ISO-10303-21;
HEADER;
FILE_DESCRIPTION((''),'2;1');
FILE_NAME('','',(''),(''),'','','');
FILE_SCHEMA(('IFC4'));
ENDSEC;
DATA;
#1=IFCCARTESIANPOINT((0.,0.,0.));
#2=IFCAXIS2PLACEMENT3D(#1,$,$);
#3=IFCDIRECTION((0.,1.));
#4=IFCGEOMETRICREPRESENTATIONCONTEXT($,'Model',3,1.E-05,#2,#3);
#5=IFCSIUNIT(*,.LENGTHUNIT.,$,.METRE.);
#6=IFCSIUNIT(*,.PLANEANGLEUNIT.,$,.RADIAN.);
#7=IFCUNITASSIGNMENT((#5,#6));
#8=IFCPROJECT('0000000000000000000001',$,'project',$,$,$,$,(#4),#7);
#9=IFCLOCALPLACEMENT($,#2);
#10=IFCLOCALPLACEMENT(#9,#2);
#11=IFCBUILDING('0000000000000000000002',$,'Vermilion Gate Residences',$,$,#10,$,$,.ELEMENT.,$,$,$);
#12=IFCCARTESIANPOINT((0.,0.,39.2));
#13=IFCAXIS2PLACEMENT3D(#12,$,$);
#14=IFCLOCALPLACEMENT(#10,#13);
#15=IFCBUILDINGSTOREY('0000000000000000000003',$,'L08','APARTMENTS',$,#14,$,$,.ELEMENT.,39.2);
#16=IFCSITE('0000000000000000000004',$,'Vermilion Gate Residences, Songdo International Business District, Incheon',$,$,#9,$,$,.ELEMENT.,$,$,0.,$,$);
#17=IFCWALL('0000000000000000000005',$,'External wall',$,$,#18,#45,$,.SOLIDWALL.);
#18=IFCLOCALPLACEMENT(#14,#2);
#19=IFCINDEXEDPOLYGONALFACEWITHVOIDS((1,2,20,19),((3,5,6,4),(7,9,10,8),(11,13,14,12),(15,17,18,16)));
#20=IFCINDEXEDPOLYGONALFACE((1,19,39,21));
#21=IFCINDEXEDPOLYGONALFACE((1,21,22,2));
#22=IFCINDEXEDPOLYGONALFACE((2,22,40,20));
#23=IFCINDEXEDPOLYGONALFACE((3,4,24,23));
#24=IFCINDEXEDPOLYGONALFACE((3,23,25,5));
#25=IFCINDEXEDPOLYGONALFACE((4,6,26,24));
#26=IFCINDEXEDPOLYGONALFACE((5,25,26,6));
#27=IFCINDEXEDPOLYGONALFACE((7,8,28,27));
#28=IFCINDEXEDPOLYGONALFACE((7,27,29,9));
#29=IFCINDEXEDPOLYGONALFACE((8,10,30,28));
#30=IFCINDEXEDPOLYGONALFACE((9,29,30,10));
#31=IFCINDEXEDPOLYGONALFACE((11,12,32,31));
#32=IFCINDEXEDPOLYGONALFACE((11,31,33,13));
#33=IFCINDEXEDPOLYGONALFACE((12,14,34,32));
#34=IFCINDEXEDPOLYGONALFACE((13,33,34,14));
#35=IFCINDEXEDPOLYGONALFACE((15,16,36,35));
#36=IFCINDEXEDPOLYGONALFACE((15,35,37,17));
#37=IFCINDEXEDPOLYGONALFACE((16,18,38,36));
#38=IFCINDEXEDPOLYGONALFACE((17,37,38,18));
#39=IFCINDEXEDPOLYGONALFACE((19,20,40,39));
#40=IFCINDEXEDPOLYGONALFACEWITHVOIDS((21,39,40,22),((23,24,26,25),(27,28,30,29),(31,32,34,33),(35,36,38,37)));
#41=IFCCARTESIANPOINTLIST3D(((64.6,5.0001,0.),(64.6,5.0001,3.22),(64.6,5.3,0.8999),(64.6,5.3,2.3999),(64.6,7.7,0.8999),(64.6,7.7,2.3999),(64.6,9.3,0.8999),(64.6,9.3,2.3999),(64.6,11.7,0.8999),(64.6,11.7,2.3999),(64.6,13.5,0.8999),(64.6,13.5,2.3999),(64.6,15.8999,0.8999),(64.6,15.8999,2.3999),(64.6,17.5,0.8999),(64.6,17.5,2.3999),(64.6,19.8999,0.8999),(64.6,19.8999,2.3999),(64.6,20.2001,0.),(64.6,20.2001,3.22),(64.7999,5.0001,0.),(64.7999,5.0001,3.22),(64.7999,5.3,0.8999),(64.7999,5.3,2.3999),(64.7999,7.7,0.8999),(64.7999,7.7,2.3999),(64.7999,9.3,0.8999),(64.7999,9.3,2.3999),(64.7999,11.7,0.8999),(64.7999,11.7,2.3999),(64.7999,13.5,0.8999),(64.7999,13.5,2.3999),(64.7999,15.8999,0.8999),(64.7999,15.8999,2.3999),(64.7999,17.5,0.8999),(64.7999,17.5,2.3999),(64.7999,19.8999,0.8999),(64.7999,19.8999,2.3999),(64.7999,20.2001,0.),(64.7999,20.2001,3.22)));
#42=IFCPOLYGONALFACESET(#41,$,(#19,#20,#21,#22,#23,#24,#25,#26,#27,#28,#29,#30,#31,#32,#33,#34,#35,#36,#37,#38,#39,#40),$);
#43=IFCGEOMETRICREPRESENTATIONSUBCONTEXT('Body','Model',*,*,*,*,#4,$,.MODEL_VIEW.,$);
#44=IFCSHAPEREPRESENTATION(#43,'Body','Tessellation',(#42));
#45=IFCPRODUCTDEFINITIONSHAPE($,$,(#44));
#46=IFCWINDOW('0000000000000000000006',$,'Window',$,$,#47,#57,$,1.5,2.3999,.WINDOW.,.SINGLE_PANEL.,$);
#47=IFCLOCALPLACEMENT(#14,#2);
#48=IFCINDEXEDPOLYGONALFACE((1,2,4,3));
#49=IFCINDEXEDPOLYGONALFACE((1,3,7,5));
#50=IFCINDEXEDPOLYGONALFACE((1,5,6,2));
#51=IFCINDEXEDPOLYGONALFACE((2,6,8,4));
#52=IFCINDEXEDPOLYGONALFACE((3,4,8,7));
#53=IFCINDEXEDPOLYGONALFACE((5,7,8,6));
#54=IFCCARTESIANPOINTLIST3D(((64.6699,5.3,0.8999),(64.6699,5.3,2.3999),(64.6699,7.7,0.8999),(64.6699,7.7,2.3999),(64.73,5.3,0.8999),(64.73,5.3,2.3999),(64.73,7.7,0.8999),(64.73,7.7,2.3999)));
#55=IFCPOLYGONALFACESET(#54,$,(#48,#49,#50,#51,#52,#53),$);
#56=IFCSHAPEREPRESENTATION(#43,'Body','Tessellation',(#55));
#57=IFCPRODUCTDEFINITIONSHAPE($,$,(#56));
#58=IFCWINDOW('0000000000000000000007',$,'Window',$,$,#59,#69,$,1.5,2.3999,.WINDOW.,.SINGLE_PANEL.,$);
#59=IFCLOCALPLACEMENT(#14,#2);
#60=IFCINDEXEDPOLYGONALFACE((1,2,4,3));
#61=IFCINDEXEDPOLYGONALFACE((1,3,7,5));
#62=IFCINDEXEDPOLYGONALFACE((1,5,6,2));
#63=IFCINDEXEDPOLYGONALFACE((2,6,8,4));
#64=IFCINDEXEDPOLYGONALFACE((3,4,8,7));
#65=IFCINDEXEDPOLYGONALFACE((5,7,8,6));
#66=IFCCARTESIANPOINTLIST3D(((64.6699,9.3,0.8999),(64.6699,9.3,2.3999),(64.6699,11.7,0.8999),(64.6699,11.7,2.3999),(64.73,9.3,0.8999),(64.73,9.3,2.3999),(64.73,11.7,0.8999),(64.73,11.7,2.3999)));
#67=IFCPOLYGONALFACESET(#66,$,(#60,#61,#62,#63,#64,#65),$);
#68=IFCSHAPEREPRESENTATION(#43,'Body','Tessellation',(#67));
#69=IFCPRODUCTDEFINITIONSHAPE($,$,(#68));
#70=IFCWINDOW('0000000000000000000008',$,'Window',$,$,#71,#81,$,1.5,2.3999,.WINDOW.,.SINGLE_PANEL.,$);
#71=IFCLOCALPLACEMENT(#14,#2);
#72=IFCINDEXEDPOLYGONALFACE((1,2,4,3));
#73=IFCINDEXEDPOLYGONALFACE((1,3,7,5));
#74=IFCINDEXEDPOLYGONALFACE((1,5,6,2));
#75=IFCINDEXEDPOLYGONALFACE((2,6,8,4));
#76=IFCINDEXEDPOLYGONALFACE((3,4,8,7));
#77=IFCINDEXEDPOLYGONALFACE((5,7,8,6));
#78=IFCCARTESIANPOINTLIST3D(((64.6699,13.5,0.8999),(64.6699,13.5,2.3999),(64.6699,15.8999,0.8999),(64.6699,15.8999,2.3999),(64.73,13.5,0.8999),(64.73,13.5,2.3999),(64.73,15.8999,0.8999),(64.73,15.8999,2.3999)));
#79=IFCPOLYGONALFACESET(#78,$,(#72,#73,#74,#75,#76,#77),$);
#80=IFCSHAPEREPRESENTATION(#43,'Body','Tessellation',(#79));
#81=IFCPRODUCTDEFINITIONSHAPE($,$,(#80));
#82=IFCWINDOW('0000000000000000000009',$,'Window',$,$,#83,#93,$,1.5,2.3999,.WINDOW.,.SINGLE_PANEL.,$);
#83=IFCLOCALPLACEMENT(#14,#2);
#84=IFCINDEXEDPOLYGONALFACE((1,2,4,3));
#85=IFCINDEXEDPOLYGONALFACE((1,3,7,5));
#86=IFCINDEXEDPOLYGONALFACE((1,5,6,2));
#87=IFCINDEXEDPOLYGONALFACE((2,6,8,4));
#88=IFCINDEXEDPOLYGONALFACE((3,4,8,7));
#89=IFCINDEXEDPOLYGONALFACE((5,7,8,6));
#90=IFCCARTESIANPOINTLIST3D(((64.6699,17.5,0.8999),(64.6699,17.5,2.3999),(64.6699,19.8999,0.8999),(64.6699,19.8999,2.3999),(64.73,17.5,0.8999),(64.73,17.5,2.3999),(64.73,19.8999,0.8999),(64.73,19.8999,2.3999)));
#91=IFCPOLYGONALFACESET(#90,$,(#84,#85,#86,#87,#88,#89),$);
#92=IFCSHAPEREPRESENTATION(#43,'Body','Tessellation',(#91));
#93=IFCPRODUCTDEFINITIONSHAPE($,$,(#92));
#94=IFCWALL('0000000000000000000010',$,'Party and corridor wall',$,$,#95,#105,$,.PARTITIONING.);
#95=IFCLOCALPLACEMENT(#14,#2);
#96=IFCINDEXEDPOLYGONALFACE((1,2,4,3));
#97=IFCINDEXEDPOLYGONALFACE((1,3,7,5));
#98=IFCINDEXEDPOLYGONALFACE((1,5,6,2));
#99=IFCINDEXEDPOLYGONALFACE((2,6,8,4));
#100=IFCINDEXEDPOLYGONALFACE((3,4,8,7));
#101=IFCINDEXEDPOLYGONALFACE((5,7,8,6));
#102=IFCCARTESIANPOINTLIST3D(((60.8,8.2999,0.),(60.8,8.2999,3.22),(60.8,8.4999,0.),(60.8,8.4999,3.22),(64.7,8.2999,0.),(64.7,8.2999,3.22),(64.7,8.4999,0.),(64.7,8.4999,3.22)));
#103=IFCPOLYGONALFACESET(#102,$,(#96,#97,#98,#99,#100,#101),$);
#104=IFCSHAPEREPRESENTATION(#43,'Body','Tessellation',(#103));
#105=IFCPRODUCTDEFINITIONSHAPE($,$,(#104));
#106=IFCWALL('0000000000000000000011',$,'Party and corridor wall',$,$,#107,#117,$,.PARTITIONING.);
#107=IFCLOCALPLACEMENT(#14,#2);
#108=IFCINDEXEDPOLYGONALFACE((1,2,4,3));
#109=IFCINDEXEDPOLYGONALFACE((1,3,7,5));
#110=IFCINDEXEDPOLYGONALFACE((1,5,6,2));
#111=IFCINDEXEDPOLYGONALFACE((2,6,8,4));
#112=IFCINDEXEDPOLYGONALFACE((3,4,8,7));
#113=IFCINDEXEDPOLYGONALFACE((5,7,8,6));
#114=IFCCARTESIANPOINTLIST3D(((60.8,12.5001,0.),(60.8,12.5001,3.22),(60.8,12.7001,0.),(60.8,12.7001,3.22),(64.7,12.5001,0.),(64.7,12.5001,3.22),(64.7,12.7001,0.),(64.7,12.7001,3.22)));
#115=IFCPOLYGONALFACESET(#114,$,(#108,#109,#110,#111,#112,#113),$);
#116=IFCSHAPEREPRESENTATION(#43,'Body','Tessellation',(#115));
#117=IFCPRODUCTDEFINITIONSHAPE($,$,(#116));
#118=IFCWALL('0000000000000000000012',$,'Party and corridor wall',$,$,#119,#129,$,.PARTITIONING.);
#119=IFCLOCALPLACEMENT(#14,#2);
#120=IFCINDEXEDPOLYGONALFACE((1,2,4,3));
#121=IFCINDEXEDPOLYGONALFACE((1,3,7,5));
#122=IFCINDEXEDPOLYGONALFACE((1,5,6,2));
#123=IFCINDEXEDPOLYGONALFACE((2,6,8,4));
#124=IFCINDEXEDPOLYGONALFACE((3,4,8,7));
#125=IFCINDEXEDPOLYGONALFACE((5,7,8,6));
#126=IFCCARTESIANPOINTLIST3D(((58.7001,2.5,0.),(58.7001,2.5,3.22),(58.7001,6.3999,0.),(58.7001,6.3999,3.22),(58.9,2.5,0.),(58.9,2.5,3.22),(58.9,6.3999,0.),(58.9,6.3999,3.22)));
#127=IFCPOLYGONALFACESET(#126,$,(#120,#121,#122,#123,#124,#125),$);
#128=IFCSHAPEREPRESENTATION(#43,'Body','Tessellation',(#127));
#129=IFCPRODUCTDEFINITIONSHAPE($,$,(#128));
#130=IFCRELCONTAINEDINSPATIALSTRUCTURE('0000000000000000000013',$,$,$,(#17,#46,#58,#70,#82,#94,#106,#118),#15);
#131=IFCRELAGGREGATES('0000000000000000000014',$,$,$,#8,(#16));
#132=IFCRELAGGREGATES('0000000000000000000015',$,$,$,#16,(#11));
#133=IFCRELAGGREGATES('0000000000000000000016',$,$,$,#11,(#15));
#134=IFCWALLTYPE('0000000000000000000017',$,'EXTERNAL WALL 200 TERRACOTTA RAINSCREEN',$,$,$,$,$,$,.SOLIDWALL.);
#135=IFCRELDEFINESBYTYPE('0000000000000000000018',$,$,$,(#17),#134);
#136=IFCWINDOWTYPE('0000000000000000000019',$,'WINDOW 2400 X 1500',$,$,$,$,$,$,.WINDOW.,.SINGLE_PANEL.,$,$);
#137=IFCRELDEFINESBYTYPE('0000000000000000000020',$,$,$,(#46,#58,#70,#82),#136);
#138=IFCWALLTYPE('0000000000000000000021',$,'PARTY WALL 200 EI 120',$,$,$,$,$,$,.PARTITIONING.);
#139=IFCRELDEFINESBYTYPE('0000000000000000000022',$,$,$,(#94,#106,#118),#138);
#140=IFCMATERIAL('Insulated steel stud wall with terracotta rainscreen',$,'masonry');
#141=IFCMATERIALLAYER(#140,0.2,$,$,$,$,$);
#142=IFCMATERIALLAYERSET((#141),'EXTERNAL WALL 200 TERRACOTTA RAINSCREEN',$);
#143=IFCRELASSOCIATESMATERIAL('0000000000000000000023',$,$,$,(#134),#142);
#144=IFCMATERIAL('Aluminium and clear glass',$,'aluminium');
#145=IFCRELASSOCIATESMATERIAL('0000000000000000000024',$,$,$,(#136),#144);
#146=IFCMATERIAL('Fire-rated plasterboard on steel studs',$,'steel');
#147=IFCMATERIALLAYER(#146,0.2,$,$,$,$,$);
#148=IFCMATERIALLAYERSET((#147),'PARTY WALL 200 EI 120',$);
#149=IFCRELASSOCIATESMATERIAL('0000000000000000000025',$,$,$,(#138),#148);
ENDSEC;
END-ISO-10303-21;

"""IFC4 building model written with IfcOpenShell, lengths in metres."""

from ifc_helpers import new_model, si_unit, direction, frame, frame_2d, origin, place, context, subcontext, project, spatial, rectangle, extrude, material, layer, layer_set, type_object, element, fill, save


model = new_model("IFC4")

# Units and contexts
model_context = context("Model", 3, precision=1e-05, world=origin(), true_north=direction((0.0, 1.0)))
body_context = subcontext(model_context, "Body", "Model", "MODEL_VIEW")
ifc_project = project(units=[si_unit("LENGTHUNIT", "METRE"), si_unit("PLANEANGLEUNIT", "RADIAN")], contexts=[model_context])

# Site, building, storey
site_placement = place(None, origin())
site = spatial("IfcSite", under=ifc_project, at=site_placement, Name="Vermilion Gate Residences, Songdo International Business District, Incheon", CompositionType="ELEMENT", RefElevation=0.0)
building_placement = place(site_placement, origin())
building = spatial("IfcBuilding", under=site, at=building_placement, Name="Vermilion Gate Residences", CompositionType="ELEMENT")
storey_placement = place(building_placement, frame((0.0, 0.0, 39.2)))
storey = spatial("IfcBuildingStorey", under=building, at=storey_placement, Name="L08", Description="APARTMENTS", CompositionType="ELEMENT", Elevation=39.2)

# Shared definitions
ifc_material_1 = material(Name="Insulated steel stud wall with terracotta rainscreen", Category="masonry")
ifc_layer_1 = layer(ifc_material_1, 0.2)
ifc_layer_set_1 = layer_set([ifc_layer_1], Name="EXTERNAL WALL 200 TERRACOTTA RAINSCREEN")
wall_type_1 = type_object("IfcWallType", Name="EXTERNAL WALL 200 TERRACOTTA RAINSCREEN", PredefinedType="SOLIDWALL", material=ifc_layer_set_1)

# Wall, openings, windows
wall_1_placement = place(storey_placement, frame((64.7, 5.0, 0.0), z_axis=(0.0, 0.0, 1.0), x_axis=(0.0, 1.0, 0.0)))
wall_1 = element("IfcWall", 1, at=wall_1_placement, inside=storey, type_object=wall_type_1, Name="External wall", PredefinedType="SOLIDWALL", context=body_context, shape_type="SweptSolid", body=[
    extrude(rectangle(XDim=15.2, YDim=0.2, at=frame_2d((7.6001, 0.0))), origin(), (0.0, 0.0, 1.0), 3.22),
])
opening_1_placement = place(wall_1_placement, frame((0.3, 0.0, 0.8999)))
opening_1 = element("IfcOpeningElement", 2, at=opening_1_placement, cuts=wall_1, PredefinedType="OPENING", context=body_context, shape_type="SweptSolid", body=[
    extrude(rectangle(XDim=2.3999, YDim=1.5, at=frame_2d((1.2, 0.75))), frame((0.0, 0.1099, 0.0), z_axis=(0.0, -1.0, 0.0), x_axis=(1.0, 0.0, 0.0)), (0.0, 0.0, 1.0), 0.22),
])
opening_2_placement = place(wall_1_placement, frame((4.3, 0.0, 0.8999)))
opening_2 = element("IfcOpeningElement", 3, at=opening_2_placement, cuts=wall_1, PredefinedType="OPENING", context=body_context, shape_type="SweptSolid", body=[
    extrude(rectangle(XDim=2.3999, YDim=1.5, at=frame_2d((1.2, 0.75))), frame((0.0, 0.1099, 0.0), z_axis=(0.0, -1.0, 0.0), x_axis=(1.0, 0.0, 0.0)), (0.0, 0.0, 1.0), 0.22),
])
opening_3_placement = place(wall_1_placement, frame((8.5, 0.0, 0.8999)))
opening_3 = element("IfcOpeningElement", 4, at=opening_3_placement, cuts=wall_1, PredefinedType="OPENING", context=body_context, shape_type="SweptSolid", body=[
    extrude(rectangle(XDim=2.3999, YDim=1.5, at=frame_2d((1.2, 0.75))), frame((0.0, 0.1099, 0.0), z_axis=(0.0, -1.0, 0.0), x_axis=(1.0, 0.0, 0.0)), (0.0, 0.0, 1.0), 0.22),
])
opening_4_placement = place(wall_1_placement, frame((12.5, 0.0, 0.8999)))
opening_4 = element("IfcOpeningElement", 5, at=opening_4_placement, cuts=wall_1, PredefinedType="OPENING", context=body_context, shape_type="SweptSolid", body=[
    extrude(rectangle(XDim=2.3999, YDim=1.5, at=frame_2d((1.2, 0.75))), frame((0.0, 0.1099, 0.0), z_axis=(0.0, -1.0, 0.0), x_axis=(1.0, 0.0, 0.0)), (0.0, 0.0, 1.0), 0.22),
])
ifc_material_2 = material(Name="Aluminium and clear glass", Category="aluminium")
window_type = type_object("IfcWindowType", Name="WINDOW 2400 X 1500", PartitioningType="SINGLE_PANEL", PredefinedType="WINDOW", material=ifc_material_2)
window_1_placement = place(opening_1_placement, origin())
window_1 = element("IfcWindow", 6, at=window_1_placement, inside=storey, type_object=window_type, Name="Window", OverallHeight=1.5, OverallWidth=2.3999, PartitioningType="SINGLE_PANEL", PredefinedType="WINDOW", context=body_context, shape_type="SweptSolid", body=[
    extrude(rectangle(XDim=2.3999, YDim=1.5, at=frame_2d((1.2, 0.75))), frame((0.0, 0.03, 0.0), z_axis=(0.0, -1.0, 0.0), x_axis=(1.0, 0.0, 0.0)), (0.0, 0.0, 1.0), 0.0601),
])
fill(opening_1, window_1)
window_2_placement = place(opening_2_placement, origin())
window_2 = element("IfcWindow", 7, at=window_2_placement, inside=storey, type_object=window_type, Name="Window", OverallHeight=1.5, OverallWidth=2.3999, PartitioningType="SINGLE_PANEL", PredefinedType="WINDOW", context=body_context, shape_type="SweptSolid", body=[
    extrude(rectangle(XDim=2.3999, YDim=1.5, at=frame_2d((1.2, 0.75))), frame((0.0, 0.03, 0.0), z_axis=(0.0, -1.0, 0.0), x_axis=(1.0, 0.0, 0.0)), (0.0, 0.0, 1.0), 0.0601),
])
fill(opening_2, window_2)
window_3_placement = place(opening_3_placement, origin())
window_3 = element("IfcWindow", 8, at=window_3_placement, inside=storey, type_object=window_type, Name="Window", OverallHeight=1.5, OverallWidth=2.3999, PartitioningType="SINGLE_PANEL", PredefinedType="WINDOW", context=body_context, shape_type="SweptSolid", body=[
    extrude(rectangle(XDim=2.3999, YDim=1.5, at=frame_2d((1.2, 0.75))), frame((0.0, 0.03, 0.0), z_axis=(0.0, -1.0, 0.0), x_axis=(1.0, 0.0, 0.0)), (0.0, 0.0, 1.0), 0.0601),
])
fill(opening_3, window_3)
window_4_placement = place(opening_4_placement, origin())
window_4 = element("IfcWindow", 9, at=window_4_placement, inside=storey, type_object=window_type, Name="Window", OverallHeight=1.5, OverallWidth=2.3999, PartitioningType="SINGLE_PANEL", PredefinedType="WINDOW", context=body_context, shape_type="SweptSolid", body=[
    extrude(rectangle(XDim=2.3999, YDim=1.5, at=frame_2d((1.2, 0.75))), frame((0.0, 0.03, 0.0), z_axis=(0.0, -1.0, 0.0), x_axis=(1.0, 0.0, 0.0)), (0.0, 0.0, 1.0), 0.0601),
])
fill(opening_4, window_4)

# Walls
ifc_material_3 = material(Name="Fire-rated plasterboard on steel studs", Category="steel")
ifc_layer_2 = layer(ifc_material_3, 0.2)
ifc_layer_set_2 = layer_set([ifc_layer_2], Name="PARTY WALL 200 EI 120")
wall_type_2 = type_object("IfcWallType", Name="PARTY WALL 200 EI 120", PredefinedType="PARTITIONING", material=ifc_layer_set_2)
for number, where, z_axis, x_axis, name in (
    (10, (60.8, 8.3999, 0.0), (0.0, 0.0, 1.0), (1.0, 0.0, 0.0), "Party and corridor wall"),
    (11, (60.8, 12.6001, 0.0), (0.0, 0.0, 1.0), (1.0, 0.0, 0.0), "Party and corridor wall"),
    (12, (58.8, 2.5, 0.0), (0.0, 0.0, 1.0), (0.0, 1.0, 0.0), "Party and corridor wall"),
):
    element("IfcWall", number, at=place(storey_placement, frame(where, z_axis=z_axis, x_axis=x_axis)), inside=storey, type_object=wall_type_2, Name=name, PredefinedType="PARTITIONING", context=body_context, shape_type="SweptSolid", body=[
        extrude(rectangle(XDim=3.8999, YDim=0.2, at=frame_2d((1.95, 0.0))), origin(), (0.0, 0.0, 1.0), 3.22),
    ])

save(model, "model.ifc")
